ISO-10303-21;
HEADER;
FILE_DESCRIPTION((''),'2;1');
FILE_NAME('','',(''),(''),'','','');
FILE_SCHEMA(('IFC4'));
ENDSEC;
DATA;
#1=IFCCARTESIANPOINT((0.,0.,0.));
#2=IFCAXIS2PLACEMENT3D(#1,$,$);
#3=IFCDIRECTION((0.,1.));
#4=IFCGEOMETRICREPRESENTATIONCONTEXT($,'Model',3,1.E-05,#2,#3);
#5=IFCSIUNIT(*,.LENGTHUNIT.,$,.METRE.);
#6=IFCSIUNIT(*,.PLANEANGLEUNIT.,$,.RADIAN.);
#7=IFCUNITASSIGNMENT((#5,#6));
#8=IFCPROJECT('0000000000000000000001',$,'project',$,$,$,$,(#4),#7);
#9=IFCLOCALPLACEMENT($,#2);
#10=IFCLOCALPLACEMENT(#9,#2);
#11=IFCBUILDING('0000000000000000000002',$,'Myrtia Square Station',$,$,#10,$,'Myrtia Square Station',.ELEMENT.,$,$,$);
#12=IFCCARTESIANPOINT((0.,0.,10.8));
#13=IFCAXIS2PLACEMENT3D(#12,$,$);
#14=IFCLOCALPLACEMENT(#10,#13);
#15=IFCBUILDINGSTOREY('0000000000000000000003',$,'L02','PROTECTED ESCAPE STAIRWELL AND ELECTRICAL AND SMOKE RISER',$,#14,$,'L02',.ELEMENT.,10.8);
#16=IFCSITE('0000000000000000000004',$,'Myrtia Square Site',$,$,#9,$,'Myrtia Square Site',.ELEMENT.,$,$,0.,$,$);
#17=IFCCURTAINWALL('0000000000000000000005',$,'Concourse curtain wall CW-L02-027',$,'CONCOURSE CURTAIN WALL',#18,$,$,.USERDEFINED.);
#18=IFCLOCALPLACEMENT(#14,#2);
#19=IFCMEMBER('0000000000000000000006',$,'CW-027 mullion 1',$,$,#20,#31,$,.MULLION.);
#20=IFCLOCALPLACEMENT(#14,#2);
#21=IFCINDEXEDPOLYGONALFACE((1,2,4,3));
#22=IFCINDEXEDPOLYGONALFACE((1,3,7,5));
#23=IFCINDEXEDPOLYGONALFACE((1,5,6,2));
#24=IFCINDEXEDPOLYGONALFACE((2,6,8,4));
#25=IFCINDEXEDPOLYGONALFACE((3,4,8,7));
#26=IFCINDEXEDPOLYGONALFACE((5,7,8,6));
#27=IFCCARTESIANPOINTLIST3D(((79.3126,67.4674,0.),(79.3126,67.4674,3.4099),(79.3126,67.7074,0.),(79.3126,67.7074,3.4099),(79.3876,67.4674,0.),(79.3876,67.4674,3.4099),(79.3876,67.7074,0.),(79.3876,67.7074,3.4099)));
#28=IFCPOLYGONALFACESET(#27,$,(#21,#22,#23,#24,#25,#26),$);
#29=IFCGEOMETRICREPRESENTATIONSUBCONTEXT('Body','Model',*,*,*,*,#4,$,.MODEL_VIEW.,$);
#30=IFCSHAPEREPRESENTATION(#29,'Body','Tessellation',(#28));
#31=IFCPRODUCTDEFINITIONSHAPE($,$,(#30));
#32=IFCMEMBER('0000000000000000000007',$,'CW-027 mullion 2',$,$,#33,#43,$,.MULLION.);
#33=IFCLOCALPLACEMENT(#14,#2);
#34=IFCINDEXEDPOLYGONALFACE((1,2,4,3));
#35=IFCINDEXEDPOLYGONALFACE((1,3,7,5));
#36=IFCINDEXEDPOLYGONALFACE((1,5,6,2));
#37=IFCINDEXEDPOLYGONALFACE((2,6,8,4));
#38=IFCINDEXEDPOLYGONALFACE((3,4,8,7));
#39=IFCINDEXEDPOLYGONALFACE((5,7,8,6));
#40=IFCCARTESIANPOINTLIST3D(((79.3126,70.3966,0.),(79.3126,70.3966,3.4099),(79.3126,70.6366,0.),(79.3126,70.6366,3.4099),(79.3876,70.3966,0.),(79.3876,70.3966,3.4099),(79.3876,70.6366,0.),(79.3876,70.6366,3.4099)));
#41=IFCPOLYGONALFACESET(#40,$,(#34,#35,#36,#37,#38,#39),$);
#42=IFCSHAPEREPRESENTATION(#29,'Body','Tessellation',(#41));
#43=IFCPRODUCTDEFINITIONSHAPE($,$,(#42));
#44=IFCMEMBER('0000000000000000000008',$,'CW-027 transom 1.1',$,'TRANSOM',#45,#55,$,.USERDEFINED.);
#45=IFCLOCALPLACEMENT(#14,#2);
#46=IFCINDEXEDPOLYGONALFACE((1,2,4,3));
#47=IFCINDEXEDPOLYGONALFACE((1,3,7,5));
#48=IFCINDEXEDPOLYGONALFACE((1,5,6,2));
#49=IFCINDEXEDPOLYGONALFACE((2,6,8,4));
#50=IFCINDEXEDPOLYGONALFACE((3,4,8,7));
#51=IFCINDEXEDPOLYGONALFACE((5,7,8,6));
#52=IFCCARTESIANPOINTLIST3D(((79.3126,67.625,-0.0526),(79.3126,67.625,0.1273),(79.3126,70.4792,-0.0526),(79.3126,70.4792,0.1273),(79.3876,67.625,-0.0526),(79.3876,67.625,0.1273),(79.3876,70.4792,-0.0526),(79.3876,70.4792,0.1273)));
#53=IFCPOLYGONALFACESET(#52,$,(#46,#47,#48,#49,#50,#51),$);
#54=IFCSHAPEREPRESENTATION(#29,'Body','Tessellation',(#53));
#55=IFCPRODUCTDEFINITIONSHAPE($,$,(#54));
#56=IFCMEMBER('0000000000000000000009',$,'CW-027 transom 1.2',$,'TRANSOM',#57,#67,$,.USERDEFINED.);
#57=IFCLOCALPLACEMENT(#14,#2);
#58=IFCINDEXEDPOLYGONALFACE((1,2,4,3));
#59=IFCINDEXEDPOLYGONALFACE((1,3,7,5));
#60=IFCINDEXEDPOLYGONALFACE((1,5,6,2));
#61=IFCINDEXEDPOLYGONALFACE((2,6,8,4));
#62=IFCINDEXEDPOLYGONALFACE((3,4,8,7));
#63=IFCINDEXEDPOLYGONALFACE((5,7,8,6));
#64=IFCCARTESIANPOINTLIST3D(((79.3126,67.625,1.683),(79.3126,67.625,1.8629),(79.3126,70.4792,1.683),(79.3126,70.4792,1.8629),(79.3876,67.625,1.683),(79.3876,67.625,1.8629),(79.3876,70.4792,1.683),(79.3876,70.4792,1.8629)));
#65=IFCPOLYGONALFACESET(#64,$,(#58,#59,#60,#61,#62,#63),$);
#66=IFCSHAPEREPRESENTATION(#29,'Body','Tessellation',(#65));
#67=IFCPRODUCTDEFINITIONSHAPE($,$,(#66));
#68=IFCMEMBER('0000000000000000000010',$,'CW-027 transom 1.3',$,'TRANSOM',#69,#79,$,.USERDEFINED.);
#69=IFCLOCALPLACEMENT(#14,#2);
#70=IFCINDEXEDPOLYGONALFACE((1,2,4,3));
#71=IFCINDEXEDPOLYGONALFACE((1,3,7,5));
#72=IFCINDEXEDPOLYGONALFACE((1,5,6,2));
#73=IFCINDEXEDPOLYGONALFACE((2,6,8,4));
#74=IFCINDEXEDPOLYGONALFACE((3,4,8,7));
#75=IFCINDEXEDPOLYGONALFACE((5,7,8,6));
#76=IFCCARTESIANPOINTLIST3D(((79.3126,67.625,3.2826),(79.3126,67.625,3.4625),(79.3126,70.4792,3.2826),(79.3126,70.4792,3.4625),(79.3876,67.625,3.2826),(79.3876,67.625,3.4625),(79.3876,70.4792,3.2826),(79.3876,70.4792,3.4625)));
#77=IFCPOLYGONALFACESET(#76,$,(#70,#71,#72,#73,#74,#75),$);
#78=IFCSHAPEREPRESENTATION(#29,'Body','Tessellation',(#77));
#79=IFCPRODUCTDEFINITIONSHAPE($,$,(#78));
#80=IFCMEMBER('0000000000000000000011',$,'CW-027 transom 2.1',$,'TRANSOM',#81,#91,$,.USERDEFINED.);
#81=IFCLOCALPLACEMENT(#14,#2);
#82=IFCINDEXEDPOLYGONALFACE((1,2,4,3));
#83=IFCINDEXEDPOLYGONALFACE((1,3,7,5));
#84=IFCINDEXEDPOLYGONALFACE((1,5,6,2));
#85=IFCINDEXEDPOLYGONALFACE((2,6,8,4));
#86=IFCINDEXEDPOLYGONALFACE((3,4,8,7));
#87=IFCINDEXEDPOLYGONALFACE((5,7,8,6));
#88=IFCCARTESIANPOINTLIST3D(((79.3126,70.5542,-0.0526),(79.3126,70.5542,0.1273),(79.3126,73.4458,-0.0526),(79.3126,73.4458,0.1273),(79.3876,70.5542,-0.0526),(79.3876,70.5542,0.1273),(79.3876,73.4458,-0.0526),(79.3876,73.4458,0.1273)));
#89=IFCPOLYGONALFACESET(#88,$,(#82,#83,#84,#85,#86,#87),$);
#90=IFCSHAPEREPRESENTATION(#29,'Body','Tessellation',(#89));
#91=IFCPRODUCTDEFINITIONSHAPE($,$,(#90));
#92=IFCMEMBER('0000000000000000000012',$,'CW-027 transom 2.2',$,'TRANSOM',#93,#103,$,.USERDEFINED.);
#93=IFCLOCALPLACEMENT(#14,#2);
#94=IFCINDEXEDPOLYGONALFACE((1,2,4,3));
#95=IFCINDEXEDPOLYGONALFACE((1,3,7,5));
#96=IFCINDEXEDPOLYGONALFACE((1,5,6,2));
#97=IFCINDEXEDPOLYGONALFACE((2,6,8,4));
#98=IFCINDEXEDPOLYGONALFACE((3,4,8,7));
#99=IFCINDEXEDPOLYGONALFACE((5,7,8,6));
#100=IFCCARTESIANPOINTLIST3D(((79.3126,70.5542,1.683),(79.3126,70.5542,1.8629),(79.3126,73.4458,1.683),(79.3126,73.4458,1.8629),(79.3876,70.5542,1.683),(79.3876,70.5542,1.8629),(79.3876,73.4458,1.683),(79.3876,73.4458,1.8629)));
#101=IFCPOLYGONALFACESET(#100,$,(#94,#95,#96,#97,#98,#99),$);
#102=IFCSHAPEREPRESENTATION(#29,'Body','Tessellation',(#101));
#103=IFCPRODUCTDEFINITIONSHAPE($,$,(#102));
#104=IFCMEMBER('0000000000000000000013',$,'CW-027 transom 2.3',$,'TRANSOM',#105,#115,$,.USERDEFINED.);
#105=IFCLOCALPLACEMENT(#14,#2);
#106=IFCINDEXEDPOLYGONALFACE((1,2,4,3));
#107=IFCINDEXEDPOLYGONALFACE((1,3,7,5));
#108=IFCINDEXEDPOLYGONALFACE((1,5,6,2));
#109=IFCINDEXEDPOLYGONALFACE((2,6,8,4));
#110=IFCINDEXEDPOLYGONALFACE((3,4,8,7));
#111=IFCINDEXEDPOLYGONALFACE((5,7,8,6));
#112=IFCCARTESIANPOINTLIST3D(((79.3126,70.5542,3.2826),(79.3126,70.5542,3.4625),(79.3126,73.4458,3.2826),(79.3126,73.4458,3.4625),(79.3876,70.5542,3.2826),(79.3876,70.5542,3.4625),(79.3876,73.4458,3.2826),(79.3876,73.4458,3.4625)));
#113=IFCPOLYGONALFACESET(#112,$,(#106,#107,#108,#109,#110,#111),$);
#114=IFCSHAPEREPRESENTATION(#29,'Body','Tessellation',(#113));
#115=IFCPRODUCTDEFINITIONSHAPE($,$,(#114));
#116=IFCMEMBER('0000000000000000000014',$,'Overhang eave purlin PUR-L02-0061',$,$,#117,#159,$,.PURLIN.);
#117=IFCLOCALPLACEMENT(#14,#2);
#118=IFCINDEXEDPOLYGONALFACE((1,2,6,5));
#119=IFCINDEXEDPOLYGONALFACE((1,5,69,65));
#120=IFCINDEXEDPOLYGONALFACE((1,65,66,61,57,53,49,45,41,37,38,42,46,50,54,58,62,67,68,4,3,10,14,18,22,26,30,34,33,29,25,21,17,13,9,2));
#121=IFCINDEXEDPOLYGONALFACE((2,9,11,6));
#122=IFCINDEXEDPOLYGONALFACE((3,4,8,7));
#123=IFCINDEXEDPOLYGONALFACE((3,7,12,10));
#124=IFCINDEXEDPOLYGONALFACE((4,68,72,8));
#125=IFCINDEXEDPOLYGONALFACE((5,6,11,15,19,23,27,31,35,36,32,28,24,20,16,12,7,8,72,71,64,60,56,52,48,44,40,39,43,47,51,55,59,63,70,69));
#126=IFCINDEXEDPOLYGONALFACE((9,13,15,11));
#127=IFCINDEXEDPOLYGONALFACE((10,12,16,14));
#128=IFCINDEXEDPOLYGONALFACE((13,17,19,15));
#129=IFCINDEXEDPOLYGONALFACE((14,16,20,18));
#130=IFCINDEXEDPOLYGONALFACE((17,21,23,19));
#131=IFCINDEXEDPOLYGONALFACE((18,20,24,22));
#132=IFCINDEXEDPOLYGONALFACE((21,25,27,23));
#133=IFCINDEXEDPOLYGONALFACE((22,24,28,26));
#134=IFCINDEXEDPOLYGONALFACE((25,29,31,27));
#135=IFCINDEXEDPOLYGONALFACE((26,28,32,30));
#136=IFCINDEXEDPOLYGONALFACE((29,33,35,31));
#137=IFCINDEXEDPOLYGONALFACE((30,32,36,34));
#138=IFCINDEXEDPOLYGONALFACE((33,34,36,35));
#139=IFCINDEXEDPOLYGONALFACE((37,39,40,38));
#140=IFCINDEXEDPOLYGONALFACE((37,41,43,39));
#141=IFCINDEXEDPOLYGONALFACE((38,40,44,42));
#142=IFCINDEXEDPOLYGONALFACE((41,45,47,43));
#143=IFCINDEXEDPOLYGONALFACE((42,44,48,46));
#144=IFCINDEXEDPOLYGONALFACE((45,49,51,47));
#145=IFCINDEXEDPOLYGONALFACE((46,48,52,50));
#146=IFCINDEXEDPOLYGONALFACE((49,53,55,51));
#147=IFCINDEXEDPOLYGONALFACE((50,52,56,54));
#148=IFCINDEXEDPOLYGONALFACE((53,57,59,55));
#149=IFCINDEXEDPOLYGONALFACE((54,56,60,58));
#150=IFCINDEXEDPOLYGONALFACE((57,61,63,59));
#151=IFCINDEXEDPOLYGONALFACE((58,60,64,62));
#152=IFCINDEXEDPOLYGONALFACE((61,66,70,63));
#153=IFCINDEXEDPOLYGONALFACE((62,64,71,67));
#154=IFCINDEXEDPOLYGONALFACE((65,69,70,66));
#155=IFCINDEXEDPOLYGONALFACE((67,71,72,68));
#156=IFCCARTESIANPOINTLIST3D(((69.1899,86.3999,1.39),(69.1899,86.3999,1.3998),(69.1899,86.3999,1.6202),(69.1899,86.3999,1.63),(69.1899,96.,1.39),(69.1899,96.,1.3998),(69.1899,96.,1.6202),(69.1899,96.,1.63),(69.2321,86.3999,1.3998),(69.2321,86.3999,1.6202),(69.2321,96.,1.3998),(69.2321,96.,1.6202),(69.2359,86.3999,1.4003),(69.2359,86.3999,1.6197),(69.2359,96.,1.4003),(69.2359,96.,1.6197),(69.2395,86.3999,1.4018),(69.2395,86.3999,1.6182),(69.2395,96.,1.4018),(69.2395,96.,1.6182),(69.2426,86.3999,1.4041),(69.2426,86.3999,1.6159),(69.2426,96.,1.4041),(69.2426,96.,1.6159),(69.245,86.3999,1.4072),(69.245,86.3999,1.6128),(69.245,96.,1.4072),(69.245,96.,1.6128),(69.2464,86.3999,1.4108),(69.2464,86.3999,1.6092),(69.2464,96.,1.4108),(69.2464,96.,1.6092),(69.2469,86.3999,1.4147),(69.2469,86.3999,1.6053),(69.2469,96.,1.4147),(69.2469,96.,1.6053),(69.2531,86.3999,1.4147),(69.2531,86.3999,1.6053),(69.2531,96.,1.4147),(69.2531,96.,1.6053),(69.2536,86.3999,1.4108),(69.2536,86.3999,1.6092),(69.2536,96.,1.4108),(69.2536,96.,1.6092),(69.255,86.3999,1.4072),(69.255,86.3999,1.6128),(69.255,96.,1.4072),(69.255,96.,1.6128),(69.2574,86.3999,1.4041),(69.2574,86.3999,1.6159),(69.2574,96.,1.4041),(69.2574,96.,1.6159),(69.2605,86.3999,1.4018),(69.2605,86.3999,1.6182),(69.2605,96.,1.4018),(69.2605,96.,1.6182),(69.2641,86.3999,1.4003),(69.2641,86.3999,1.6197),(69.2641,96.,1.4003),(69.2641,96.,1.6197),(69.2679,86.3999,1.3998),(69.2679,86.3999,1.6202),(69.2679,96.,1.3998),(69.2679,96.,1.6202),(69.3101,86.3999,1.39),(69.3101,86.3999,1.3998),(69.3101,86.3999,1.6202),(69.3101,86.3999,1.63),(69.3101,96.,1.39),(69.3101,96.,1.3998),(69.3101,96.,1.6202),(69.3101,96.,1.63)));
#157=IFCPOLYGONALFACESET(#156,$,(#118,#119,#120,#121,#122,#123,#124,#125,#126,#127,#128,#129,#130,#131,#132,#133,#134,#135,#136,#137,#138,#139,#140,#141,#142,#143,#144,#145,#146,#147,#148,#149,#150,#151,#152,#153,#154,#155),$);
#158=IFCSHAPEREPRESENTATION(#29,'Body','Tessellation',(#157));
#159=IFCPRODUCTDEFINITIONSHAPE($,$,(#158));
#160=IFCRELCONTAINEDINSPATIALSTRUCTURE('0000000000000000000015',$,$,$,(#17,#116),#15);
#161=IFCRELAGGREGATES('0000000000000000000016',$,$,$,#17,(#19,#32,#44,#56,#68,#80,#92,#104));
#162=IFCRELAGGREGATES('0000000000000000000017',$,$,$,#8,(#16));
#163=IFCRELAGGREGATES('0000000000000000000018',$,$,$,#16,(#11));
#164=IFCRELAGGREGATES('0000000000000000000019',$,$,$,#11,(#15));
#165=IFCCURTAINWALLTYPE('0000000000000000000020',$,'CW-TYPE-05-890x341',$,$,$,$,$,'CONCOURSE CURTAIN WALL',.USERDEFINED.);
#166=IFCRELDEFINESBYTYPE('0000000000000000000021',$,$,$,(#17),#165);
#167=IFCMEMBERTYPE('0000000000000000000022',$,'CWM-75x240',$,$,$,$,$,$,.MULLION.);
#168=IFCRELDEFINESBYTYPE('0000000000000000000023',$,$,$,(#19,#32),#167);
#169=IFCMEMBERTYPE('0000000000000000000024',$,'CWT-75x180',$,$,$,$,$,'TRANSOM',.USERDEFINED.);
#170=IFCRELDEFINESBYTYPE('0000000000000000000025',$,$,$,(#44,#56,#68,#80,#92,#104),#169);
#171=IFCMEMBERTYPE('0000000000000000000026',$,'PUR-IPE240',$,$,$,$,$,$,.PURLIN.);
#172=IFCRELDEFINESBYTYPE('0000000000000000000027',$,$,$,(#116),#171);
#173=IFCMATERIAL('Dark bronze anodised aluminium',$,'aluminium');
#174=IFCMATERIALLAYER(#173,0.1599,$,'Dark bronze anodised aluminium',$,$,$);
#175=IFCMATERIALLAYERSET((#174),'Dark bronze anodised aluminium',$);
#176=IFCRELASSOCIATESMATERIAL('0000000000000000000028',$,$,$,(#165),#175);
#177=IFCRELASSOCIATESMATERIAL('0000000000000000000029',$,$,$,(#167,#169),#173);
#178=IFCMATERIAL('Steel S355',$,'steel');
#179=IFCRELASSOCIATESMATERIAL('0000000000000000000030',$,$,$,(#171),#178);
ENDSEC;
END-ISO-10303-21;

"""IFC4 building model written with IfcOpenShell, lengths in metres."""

from ifc_helpers import new_model, si_unit, direction, frame, origin, origin_2d, place, context, subcontext, project, spatial, rectangle, i_section, extrude, material, layer, layer_set, material_profile, profile_set, type_object, element, aggregate, save


model = new_model("IFC4")

# Units and contexts
model_context = context("Model", 3, precision=1e-05, world=origin(), true_north=direction((0.0, 1.0)))
body_context = subcontext(model_context, "Body", "Model", "MODEL_VIEW")
ifc_project = project(units=[si_unit("LENGTHUNIT", "METRE"), si_unit("PLANEANGLEUNIT", "RADIAN")], contexts=[model_context])

# Site, building, storey
site_placement = place(None, origin())
site = spatial("IfcSite", under=ifc_project, at=site_placement, Name="Myrtia Square Site", LongName="Myrtia Square Site", CompositionType="ELEMENT", RefElevation=0.0)
building_placement = place(site_placement, origin())
building = spatial("IfcBuilding", under=site, at=building_placement, Name="Myrtia Square Station", LongName="Myrtia Square Station", CompositionType="ELEMENT")
storey_placement = place(building_placement, frame((0.0, 0.0, 10.8)))
storey = spatial("IfcBuildingStorey", under=building, at=storey_placement, Name="L02", Description="PROTECTED ESCAPE STAIRWELL AND ELECTRICAL AND SMOKE RISER", LongName="L02", CompositionType="ELEMENT", Elevation=10.8)

# Shared definitions
ifc_material_1 = material(Name="Steel S355", Category="steel")

# Curtain wall, members
ifc_material_2 = material(Name="Dark bronze anodised aluminium", Category="aluminium")
ifc_layer_1 = layer(ifc_material_2, 0.1599, Name="Dark bronze anodised aluminium")
ifc_layer_set_1 = layer_set([ifc_layer_1], Name="Dark bronze anodised aluminium")
curtain_wall_type = type_object("IfcCurtainWallType", Name="CW-TYPE-05-890x341", ElementType="CONCOURSE CURTAIN WALL", PredefinedType="USERDEFINED", material=ifc_layer_set_1)
curtain_wall_placement = place(storey_placement, origin())
curtain_wall = element("IfcCurtainWall", 1, at=curtain_wall_placement, inside=storey, type_object=curtain_wall_type, Name="Concourse curtain wall CW-L02-027", ObjectType="CONCOURSE CURTAIN WALL", PredefinedType="USERDEFINED")
ifc_material_profile_1 = material_profile(ifc_material_2, rectangle(XDim=0.075, YDim=0.24, at=origin_2d()), Name="ALU-M 75x240")
ifc_profile_set_1 = profile_set([ifc_material_profile_1], Name="Dark bronze anodised aluminium")
member_type_1 = type_object("IfcMemberType", Name="CWM-75x240", PredefinedType="MULLION", material=ifc_profile_set_1)
member_1_placement = place(storey_placement, frame((79.3501, 67.5874, 0.0), z_axis=(0.0, 0.0, 1.0), x_axis=(-1.0, 0.0, 0.0)))
member_1 = element("IfcMember", 2, at=member_1_placement, type_object=member_type_1, Name="CW-027 mullion 1", PredefinedType="MULLION", context=body_context, shape_type="SweptSolid", body=[
    extrude(rectangle(XDim=0.075, YDim=0.24, at=origin_2d()), origin(), (0.0, 0.0, 1.0), 3.4099),
])
member_2_placement = place(storey_placement, frame((79.3501, 70.5166, 0.0), z_axis=(0.0, 0.0, 1.0), x_axis=(-1.0, 0.0, 0.0)))
member_2 = element("IfcMember", 3, at=member_2_placement, type_object=member_type_1, Name="CW-027 mullion 2", PredefinedType="MULLION", context=body_context, shape_type="SweptSolid", body=[
    extrude(rectangle(XDim=0.075, YDim=0.24, at=origin_2d()), origin(), (0.0, 0.0, 1.0), 3.4099),
])
ifc_material_profile_2 = material_profile(ifc_material_2, rectangle(XDim=0.075, YDim=0.1799, at=origin_2d()), Name="ALU-T 75x180")
ifc_profile_set_2 = profile_set([ifc_material_profile_2], Name="Dark bronze anodised aluminium")
member_type_2 = type_object("IfcMemberType", Name="CWT-75x180", ElementType="TRANSOM", PredefinedType="USERDEFINED", material=ifc_profile_set_2)
member_3_placement = place(storey_placement, frame((79.3501, 67.625, 0.0374), z_axis=(0.0, 1.0, 0.0), x_axis=(-1.0, 0.0, 0.0)))
member_3 = element("IfcMember", 4, at=member_3_placement, type_object=member_type_2, Name="CW-027 transom 1.1", ObjectType="TRANSOM", PredefinedType="USERDEFINED", context=body_context, shape_type="SweptSolid", body=[
    extrude(rectangle(XDim=0.075, YDim=0.1799, at=origin_2d()), origin(), (0.0, 0.0, 1.0), 2.8542),
])
member_4_placement = place(storey_placement, frame((79.3501, 67.625, 1.7729), z_axis=(0.0, 1.0, 0.0), x_axis=(-1.0, 0.0, 0.0)))
member_4 = element("IfcMember", 5, at=member_4_placement, type_object=member_type_2, Name="CW-027 transom 1.2", ObjectType="TRANSOM", PredefinedType="USERDEFINED", context=body_context, shape_type="SweptSolid", body=[
    extrude(rectangle(XDim=0.075, YDim=0.1799, at=origin_2d()), origin(), (0.0, 0.0, 1.0), 2.8542),
])
member_5_placement = place(storey_placement, frame((79.3501, 67.625, 3.3726), z_axis=(0.0, 1.0, 0.0), x_axis=(-1.0, 0.0, 0.0)))
member_5 = element("IfcMember", 6, at=member_5_placement, type_object=member_type_2, Name="CW-027 transom 1.3", ObjectType="TRANSOM", PredefinedType="USERDEFINED", context=body_context, shape_type="SweptSolid", body=[
    extrude(rectangle(XDim=0.075, YDim=0.1799, at=origin_2d()), origin(), (0.0, 0.0, 1.0), 2.8542),
])
member_6_placement = place(storey_placement, frame((79.3501, 70.5542, 0.0374), z_axis=(0.0, 1.0, 0.0), x_axis=(-1.0, 0.0, 0.0)))
member_6 = element("IfcMember", 7, at=member_6_placement, type_object=member_type_2, Name="CW-027 transom 2.1", ObjectType="TRANSOM", PredefinedType="USERDEFINED", context=body_context, shape_type="SweptSolid", body=[
    extrude(rectangle(XDim=0.075, YDim=0.1799, at=origin_2d()), origin(), (0.0, 0.0, 1.0), 2.8916),
])
member_7_placement = place(storey_placement, frame((79.3501, 70.5542, 1.7729), z_axis=(0.0, 1.0, 0.0), x_axis=(-1.0, 0.0, 0.0)))
member_7 = element("IfcMember", 8, at=member_7_placement, type_object=member_type_2, Name="CW-027 transom 2.2", ObjectType="TRANSOM", PredefinedType="USERDEFINED", context=body_context, shape_type="SweptSolid", body=[
    extrude(rectangle(XDim=0.075, YDim=0.1799, at=origin_2d()), origin(), (0.0, 0.0, 1.0), 2.8916),
])
member_8_placement = place(storey_placement, frame((79.3501, 70.5542, 3.3726), z_axis=(0.0, 1.0, 0.0), x_axis=(-1.0, 0.0, 0.0)))
member_8 = element("IfcMember", 9, at=member_8_placement, type_object=member_type_2, Name="CW-027 transom 2.3", ObjectType="TRANSOM", PredefinedType="USERDEFINED", context=body_context, shape_type="SweptSolid", body=[
    extrude(rectangle(XDim=0.075, YDim=0.1799, at=origin_2d()), origin(), (0.0, 0.0, 1.0), 2.8916),
])

# Member
ifc_material_profile_3 = material_profile(ifc_material_1, i_section(OverallWidth=0.1201, OverallDepth=0.24, WebThickness=0.0061, FlangeThickness=0.0098, FilletRadius=0.0149, at=origin_2d()), Name="IPE 240")
ifc_profile_set_3 = profile_set([ifc_material_profile_3], Name="Steel S355")
member_type_3 = type_object("IfcMemberType", Name="PUR-IPE240", PredefinedType="PURLIN", material=ifc_profile_set_3)
member_9_placement = place(storey_placement, frame((69.25, 86.3999, 1.51), z_axis=(0.0, 1.0, 0.0), x_axis=(-1.0, 0.0, 0.0)))
element("IfcMember", 10, at=member_9_placement, inside=storey, type_object=member_type_3, Name="Overhang eave purlin PUR-L02-0061", PredefinedType="PURLIN", context=body_context, shape_type="SweptSolid", body=[
    extrude(i_section(OverallWidth=0.1201, OverallDepth=0.24, WebThickness=0.0061, FlangeThickness=0.0098, FilletRadius=0.0149, at=origin_2d()), origin(), (0.0, 0.0, 1.0), 9.6001),
])

aggregate(curtain_wall, [member_1, member_2, member_3, member_4, member_5, member_6, member_7, member_8])

save(model, "model.ifc")
